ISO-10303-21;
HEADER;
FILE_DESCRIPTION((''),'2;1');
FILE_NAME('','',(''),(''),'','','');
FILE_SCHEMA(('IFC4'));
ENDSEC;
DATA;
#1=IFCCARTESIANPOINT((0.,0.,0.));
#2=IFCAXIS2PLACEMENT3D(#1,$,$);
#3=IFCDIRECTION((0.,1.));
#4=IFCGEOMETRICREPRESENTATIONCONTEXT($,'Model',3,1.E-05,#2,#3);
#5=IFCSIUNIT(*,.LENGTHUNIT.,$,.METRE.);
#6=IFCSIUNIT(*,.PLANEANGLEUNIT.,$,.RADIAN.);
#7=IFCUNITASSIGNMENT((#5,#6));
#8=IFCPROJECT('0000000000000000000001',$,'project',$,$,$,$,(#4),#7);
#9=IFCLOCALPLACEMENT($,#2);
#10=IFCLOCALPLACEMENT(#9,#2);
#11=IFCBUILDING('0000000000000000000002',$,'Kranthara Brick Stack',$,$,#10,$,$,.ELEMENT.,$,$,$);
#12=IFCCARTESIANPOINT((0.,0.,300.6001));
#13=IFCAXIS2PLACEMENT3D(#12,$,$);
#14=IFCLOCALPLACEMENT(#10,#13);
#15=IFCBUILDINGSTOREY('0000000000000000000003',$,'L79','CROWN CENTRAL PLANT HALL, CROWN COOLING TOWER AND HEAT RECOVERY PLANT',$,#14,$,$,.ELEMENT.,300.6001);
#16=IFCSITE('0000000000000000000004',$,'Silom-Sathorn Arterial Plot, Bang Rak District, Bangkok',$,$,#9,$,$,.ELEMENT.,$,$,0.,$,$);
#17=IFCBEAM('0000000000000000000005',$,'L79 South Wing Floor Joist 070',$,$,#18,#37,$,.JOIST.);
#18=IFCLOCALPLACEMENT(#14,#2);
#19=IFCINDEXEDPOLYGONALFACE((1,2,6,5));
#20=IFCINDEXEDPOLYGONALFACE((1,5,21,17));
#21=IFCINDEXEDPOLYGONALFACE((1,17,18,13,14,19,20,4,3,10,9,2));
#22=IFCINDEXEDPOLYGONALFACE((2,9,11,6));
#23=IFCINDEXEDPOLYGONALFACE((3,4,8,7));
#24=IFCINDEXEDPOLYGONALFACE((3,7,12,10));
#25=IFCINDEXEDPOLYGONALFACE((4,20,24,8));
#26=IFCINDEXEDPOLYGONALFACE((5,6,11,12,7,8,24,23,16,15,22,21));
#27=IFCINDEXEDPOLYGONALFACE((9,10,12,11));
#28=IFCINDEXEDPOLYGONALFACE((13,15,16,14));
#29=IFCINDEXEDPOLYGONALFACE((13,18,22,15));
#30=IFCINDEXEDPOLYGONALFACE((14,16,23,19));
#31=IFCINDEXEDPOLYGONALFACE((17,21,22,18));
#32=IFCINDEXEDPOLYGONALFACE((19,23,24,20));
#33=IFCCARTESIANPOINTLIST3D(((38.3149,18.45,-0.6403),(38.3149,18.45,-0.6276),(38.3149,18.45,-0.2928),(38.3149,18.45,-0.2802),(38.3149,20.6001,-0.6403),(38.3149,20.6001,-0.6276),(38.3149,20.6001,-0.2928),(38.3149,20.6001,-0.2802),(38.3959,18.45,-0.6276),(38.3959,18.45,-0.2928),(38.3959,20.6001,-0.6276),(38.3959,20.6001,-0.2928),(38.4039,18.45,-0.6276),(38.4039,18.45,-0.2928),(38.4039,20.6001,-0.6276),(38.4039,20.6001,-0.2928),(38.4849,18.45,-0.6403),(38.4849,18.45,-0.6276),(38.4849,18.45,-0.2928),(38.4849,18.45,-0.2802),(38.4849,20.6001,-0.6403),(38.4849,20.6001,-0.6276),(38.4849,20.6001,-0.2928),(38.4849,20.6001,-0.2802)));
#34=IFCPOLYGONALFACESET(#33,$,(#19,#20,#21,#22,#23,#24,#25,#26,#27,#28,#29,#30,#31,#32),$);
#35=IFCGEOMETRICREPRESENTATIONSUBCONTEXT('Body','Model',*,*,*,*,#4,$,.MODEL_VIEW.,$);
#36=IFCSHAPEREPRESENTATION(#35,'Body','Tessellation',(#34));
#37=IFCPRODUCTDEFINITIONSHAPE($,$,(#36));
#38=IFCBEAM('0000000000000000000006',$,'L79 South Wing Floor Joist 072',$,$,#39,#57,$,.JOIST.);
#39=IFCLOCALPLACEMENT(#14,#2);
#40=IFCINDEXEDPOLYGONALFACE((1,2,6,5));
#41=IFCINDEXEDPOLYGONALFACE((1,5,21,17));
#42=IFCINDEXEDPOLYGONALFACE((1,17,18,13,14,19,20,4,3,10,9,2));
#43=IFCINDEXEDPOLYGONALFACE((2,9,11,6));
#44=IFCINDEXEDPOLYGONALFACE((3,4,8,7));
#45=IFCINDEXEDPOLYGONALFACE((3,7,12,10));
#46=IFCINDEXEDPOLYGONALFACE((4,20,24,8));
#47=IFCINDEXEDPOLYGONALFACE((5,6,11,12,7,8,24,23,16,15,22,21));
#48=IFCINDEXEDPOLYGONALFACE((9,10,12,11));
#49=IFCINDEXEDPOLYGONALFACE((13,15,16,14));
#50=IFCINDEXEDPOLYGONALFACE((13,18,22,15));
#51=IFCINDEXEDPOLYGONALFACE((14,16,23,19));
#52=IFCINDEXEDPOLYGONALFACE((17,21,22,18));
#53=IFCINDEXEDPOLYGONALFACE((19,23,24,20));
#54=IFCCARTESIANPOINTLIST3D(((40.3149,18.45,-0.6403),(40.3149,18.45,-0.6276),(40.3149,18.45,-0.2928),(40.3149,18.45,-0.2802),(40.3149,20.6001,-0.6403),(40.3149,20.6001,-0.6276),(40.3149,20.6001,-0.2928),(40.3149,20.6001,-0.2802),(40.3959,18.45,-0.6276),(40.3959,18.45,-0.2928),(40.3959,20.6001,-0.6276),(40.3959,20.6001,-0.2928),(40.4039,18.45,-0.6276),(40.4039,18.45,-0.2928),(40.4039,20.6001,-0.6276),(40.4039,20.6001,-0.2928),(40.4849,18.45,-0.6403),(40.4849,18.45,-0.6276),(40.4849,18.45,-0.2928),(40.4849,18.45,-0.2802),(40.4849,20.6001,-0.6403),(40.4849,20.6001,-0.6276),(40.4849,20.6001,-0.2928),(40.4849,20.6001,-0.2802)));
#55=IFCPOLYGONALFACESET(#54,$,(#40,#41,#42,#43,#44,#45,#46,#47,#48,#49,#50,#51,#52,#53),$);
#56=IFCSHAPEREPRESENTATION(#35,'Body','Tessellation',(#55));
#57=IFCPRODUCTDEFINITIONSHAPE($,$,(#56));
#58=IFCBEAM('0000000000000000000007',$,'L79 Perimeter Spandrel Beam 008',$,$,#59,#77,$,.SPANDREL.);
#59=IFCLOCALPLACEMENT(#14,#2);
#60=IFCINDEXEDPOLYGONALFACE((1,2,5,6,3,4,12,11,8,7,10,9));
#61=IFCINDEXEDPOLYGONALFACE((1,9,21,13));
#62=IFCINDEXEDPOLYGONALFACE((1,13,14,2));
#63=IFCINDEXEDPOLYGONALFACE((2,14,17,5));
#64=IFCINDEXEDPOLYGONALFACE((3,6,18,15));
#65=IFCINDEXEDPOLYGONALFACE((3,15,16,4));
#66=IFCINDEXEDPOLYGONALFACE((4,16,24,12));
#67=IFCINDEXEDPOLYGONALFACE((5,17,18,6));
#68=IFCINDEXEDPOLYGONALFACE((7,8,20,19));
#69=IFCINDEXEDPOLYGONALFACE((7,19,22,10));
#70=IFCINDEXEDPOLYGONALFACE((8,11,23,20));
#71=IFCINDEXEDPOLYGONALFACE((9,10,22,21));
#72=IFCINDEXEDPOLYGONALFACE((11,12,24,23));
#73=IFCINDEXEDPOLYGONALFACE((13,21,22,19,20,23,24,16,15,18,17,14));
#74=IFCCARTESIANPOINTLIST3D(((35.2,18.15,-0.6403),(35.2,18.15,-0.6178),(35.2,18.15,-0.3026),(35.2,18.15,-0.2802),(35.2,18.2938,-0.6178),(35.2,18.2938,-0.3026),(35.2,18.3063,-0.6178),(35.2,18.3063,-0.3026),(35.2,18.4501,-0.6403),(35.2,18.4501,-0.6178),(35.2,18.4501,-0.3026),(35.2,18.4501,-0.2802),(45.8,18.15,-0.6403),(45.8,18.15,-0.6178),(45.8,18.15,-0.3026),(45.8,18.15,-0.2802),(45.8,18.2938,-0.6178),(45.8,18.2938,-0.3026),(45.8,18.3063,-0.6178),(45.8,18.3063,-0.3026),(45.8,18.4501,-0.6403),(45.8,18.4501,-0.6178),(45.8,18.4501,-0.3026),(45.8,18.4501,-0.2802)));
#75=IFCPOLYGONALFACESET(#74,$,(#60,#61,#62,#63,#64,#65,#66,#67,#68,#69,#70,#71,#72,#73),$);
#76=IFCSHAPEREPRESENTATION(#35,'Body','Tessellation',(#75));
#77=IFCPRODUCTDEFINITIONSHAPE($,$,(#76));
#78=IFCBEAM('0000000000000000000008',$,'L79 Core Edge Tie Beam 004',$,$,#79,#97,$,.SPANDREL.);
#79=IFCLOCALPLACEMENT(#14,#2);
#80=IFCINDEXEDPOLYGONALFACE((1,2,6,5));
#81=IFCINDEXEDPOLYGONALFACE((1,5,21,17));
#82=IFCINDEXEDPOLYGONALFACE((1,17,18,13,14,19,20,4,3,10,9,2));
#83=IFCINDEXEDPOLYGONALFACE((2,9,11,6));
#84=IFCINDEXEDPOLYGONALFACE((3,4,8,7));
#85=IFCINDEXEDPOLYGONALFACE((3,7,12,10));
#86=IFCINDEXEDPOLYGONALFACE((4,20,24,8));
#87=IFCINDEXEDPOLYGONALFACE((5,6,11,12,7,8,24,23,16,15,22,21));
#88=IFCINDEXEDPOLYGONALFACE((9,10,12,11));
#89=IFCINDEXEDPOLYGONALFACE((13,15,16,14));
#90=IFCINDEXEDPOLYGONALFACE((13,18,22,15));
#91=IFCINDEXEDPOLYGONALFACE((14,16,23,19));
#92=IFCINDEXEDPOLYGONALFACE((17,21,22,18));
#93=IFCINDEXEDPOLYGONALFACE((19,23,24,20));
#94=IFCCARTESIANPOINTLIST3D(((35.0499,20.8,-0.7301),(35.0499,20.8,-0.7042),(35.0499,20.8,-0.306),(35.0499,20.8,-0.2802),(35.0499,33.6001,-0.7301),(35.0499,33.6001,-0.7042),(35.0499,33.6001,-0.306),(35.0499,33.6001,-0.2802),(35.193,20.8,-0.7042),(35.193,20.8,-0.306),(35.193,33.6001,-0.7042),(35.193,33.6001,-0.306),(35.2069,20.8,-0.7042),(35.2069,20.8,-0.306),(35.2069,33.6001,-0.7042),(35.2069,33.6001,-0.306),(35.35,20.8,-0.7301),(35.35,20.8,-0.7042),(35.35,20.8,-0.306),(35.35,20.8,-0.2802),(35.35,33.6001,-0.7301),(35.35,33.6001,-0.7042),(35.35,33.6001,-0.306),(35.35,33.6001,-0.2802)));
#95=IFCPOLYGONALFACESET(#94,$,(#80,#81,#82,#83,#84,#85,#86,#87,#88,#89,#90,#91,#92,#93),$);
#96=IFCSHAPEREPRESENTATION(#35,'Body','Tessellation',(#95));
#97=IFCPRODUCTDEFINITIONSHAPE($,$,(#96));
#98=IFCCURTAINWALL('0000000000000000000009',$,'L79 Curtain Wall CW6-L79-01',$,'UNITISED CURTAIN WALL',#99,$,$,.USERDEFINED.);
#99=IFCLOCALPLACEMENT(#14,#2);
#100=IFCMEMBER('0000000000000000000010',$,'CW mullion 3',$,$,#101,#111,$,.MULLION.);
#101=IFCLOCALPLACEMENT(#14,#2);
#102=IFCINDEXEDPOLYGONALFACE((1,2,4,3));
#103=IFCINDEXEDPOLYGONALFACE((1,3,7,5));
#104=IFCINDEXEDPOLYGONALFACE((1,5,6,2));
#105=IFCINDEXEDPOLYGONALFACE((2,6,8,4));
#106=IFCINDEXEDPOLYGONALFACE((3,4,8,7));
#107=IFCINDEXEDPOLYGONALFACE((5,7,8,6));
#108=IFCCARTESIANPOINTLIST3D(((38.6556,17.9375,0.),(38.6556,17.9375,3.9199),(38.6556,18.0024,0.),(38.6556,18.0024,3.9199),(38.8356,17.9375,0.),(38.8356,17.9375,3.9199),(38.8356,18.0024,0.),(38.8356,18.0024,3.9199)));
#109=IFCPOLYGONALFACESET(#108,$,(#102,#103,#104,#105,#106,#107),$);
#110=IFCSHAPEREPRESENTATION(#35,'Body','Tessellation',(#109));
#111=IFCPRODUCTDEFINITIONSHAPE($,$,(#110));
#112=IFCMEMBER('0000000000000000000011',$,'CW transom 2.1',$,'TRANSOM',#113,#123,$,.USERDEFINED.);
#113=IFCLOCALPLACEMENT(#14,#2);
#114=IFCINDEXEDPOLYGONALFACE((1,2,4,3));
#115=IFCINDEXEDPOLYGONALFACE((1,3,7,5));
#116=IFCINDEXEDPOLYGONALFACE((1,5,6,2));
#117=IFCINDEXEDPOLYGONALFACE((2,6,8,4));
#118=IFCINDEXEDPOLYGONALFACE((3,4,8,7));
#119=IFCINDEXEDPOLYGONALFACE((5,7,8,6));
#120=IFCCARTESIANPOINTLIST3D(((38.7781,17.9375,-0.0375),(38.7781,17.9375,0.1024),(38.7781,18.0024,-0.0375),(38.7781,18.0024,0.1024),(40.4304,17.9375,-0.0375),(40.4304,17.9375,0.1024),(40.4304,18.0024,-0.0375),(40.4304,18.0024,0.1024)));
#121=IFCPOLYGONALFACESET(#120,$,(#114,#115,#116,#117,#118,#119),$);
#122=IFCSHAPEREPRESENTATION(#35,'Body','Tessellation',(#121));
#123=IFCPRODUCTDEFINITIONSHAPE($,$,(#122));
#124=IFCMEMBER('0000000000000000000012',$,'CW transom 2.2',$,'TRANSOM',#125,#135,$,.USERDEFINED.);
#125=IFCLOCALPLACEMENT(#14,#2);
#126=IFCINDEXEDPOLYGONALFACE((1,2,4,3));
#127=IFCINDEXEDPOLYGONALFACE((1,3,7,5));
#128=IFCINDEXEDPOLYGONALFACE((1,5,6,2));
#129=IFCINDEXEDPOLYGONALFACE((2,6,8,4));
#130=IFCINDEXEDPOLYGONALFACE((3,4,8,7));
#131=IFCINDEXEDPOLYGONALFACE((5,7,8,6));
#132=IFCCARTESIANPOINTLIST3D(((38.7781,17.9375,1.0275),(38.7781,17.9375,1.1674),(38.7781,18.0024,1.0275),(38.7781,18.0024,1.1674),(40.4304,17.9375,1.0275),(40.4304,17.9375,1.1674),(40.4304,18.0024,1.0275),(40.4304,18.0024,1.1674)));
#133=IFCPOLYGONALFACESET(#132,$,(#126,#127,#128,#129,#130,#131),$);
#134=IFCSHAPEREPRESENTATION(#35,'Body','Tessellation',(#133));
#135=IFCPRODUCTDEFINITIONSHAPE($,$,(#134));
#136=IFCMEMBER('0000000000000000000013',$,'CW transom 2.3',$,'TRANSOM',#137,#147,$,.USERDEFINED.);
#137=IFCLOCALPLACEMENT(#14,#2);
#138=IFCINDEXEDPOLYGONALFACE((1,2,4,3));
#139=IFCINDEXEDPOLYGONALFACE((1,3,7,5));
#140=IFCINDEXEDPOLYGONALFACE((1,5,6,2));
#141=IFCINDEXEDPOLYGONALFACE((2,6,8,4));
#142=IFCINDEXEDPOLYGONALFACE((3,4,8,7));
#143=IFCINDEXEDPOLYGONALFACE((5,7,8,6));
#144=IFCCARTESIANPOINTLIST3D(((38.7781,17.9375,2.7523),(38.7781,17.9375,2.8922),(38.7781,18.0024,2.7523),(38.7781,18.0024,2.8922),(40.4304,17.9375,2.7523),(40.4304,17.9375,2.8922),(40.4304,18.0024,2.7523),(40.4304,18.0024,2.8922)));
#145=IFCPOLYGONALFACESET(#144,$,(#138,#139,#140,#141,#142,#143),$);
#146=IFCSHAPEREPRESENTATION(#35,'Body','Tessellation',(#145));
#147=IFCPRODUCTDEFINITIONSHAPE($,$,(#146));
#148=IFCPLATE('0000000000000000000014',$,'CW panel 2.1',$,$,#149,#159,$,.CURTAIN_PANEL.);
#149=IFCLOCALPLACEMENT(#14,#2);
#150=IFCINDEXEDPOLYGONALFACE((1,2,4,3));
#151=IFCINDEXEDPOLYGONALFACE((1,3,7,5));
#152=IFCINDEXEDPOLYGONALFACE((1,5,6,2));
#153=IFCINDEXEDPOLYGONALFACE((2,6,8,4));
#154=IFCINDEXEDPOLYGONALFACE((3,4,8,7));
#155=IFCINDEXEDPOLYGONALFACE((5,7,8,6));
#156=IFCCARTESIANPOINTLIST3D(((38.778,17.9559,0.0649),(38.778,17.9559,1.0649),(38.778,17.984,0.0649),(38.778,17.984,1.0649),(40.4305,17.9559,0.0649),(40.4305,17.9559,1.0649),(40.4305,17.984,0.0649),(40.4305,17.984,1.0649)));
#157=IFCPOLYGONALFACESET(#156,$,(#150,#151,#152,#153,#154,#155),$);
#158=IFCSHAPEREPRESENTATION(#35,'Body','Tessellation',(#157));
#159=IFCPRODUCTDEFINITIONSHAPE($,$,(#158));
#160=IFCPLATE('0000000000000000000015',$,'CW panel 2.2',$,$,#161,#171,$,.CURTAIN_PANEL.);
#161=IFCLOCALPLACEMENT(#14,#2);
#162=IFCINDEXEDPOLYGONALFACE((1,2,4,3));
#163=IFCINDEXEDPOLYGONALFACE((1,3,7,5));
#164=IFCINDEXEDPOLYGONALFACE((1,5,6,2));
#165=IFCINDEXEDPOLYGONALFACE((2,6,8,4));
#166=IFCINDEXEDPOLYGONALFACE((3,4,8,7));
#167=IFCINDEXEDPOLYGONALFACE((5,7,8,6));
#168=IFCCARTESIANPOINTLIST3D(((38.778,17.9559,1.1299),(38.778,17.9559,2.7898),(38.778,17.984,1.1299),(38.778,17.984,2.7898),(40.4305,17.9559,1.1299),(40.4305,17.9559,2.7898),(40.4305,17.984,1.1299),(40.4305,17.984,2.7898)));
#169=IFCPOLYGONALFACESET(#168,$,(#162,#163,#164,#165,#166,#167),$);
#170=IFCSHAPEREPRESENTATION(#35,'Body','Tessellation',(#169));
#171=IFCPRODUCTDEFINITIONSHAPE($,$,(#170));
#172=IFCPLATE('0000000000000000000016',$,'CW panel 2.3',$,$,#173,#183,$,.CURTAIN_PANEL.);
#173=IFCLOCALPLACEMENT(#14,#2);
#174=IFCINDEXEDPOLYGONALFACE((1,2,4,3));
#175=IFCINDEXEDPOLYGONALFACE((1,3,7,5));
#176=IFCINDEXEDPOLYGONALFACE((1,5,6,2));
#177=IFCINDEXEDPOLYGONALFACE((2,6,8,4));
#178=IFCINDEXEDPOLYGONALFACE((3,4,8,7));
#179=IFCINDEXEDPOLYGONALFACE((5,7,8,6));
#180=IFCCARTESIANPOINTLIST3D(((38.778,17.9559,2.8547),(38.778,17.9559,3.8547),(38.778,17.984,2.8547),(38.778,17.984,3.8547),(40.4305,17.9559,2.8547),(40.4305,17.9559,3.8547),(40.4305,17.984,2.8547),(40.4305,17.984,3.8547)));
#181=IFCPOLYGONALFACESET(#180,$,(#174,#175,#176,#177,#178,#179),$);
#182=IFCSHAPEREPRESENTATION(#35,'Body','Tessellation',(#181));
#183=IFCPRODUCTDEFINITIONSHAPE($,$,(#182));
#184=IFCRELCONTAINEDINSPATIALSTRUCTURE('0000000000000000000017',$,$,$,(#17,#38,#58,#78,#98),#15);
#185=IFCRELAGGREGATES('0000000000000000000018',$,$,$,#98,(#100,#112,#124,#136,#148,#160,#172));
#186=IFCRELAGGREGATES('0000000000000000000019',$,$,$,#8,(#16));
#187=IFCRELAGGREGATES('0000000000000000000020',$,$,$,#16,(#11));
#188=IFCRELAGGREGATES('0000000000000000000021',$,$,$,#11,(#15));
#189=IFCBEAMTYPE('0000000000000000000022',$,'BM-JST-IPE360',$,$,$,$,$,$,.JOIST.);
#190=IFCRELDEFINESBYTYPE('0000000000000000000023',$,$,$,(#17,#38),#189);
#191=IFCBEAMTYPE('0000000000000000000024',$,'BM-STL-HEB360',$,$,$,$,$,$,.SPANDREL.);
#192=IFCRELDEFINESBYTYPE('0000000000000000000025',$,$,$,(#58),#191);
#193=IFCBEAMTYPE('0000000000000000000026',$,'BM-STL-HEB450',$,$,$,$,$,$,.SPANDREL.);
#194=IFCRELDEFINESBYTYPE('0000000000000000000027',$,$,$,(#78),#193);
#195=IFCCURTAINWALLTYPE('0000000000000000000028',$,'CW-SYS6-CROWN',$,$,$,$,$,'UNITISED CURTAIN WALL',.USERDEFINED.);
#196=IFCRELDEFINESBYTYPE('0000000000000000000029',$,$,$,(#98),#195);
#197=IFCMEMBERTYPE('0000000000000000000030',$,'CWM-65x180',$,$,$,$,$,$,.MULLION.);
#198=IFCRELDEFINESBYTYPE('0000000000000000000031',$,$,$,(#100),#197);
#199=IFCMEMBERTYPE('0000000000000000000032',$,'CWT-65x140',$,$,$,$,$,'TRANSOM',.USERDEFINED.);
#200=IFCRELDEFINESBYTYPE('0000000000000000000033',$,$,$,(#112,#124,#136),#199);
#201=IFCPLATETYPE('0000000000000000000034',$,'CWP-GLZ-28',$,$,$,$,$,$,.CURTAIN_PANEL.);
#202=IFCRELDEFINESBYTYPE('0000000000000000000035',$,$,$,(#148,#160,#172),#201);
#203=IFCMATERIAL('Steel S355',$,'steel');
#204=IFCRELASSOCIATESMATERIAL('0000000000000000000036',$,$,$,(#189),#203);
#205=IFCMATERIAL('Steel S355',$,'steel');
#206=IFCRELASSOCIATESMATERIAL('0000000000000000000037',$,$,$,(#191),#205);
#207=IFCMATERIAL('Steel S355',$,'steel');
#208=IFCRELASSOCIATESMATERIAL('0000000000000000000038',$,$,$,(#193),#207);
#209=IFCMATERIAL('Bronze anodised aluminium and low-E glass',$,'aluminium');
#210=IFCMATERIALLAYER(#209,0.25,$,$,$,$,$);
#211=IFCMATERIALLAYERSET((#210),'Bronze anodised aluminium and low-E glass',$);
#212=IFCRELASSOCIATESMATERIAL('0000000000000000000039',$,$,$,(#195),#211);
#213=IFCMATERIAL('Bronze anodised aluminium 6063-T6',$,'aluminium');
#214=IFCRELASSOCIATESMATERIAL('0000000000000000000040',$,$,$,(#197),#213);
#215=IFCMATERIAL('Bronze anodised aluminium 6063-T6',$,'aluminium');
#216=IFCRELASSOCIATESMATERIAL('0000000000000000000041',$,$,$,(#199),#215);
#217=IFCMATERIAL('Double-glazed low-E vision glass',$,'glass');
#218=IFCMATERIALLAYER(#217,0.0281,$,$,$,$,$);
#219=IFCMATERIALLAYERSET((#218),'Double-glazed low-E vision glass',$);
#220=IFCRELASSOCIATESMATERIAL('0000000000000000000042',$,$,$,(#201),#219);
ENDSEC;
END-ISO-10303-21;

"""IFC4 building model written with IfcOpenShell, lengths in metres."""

from ifc_helpers import new_model, si_unit, direction, frame, origin, origin_2d, place, context, subcontext, project, spatial, rectangle, i_section, extrude, material, layer, layer_set, material_profile, profile_set, type_object, element, aggregate, save


model = new_model("IFC4")

# Units and contexts
model_context = context("Model", 3, precision=1e-05, world=origin(), true_north=direction((0.0, 1.0)))
body_context = subcontext(model_context, "Body", "Model", "MODEL_VIEW")
ifc_project = project(units=[si_unit("LENGTHUNIT", "METRE"), si_unit("PLANEANGLEUNIT", "RADIAN")], contexts=[model_context])

# Site, building, storey
site_placement = place(None, origin())
site = spatial("IfcSite", under=ifc_project, at=site_placement, Name="Silom-Sathorn Arterial Plot, Bang Rak District, Bangkok", CompositionType="ELEMENT", RefElevation=0.0)
building_placement = place(site_placement, origin())
building = spatial("IfcBuilding", under=site, at=building_placement, Name="Kranthara Brick Stack", CompositionType="ELEMENT")
storey_placement = place(building_placement, frame((0.0, 0.0, 300.6001)))
storey = spatial("IfcBuildingStorey", under=building, at=storey_placement, Name="L79", Description="CROWN CENTRAL PLANT HALL, CROWN COOLING TOWER AND HEAT RECOVERY PLANT", CompositionType="ELEMENT", Elevation=300.6001)

# Beams
ifc_material_1 = material(Name="Steel S355", Category="steel")
ifc_material_profile_1 = material_profile(ifc_material_1, i_section(OverallWidth=0.1699, OverallDepth=0.3601, WebThickness=0.0081, FlangeThickness=0.0127, at=origin_2d()), Name="IPE 360")
ifc_profile_set_1 = profile_set([ifc_material_profile_1], Name="Steel S355")
beam_type_1 = type_object("IfcBeamType", Name="BM-JST-IPE360", PredefinedType="JOIST", material=ifc_profile_set_1)
for number, where, z_axis, x_axis, name in (
    (1, (38.3999, 18.45, -0.4602), (0.0, 1.0, 0.0), (-1.0, 0.0, 0.0), "L79 South Wing Floor Joist 070"),
    (2, (40.3999, 18.45, -0.4602), (0.0, 1.0, 0.0), (-1.0, 0.0, 0.0), "L79 South Wing Floor Joist 072"),
):
    element("IfcBeam", number, at=place(storey_placement, frame(where, z_axis=z_axis, x_axis=x_axis)), inside=storey, type_object=beam_type_1, Name=name, PredefinedType="JOIST", context=body_context, shape_type="SweptSolid", body=[
        extrude(i_section(OverallWidth=0.1699, OverallDepth=0.3601, WebThickness=0.0081, FlangeThickness=0.0127, at=origin_2d()), origin(), (0.0, 0.0, 1.0), 2.1501),
    ])
ifc_material_2 = material(Name="Steel S355", Category="steel")
ifc_material_profile_2 = material_profile(ifc_material_2, i_section(OverallWidth=0.3, OverallDepth=0.3601, WebThickness=0.0125, FlangeThickness=0.0225, at=origin_2d()), Name="HEB 360")
ifc_profile_set_2 = profile_set([ifc_material_profile_2], Name="Steel S355")
beam_type_2 = type_object("IfcBeamType", Name="BM-STL-HEB360", PredefinedType="SPANDREL", material=ifc_profile_set_2)
beam_1_placement = place(storey_placement, frame((35.2, 18.3, -0.4602), z_axis=(1.0, 0.0, 0.0), x_axis=(0.0, 1.0, 0.0)))
element("IfcBeam", 3, at=beam_1_placement, inside=storey, type_object=beam_type_2, Name="L79 Perimeter Spandrel Beam 008", PredefinedType="SPANDREL", context=body_context, shape_type="SweptSolid", body=[
    extrude(i_section(OverallWidth=0.3, OverallDepth=0.3601, WebThickness=0.0125, FlangeThickness=0.0225, at=origin_2d()), origin(), (0.0, 0.0, 1.0), 10.6001),
])
ifc_material_3 = material(Name="Steel S355", Category="steel")
ifc_material_profile_3 = material_profile(ifc_material_3, i_section(OverallWidth=0.3, OverallDepth=0.45, WebThickness=0.0139, FlangeThickness=0.0259, at=origin_2d()), Name="HEB 450")
ifc_profile_set_3 = profile_set([ifc_material_profile_3], Name="Steel S355")
beam_type_3 = type_object("IfcBeamType", Name="BM-STL-HEB450", PredefinedType="SPANDREL", material=ifc_profile_set_3)
beam_2_placement = place(storey_placement, frame((35.2, 20.8, -0.5051), z_axis=(0.0, 1.0, 0.0), x_axis=(-1.0, 0.0, 0.0)))
element("IfcBeam", 4, at=beam_2_placement, inside=storey, type_object=beam_type_3, Name="L79 Core Edge Tie Beam 004", PredefinedType="SPANDREL", context=body_context, shape_type="SweptSolid", body=[
    extrude(i_section(OverallWidth=0.3, OverallDepth=0.45, WebThickness=0.0139, FlangeThickness=0.0259, at=origin_2d()), origin(), (0.0, 0.0, 1.0), 12.8),
])

# Curtain wall, members, plates
ifc_material_4 = material(Name="Bronze anodised aluminium and low-E glass", Category="aluminium")
ifc_layer_1 = layer(ifc_material_4, 0.25)
ifc_layer_set_1 = layer_set([ifc_layer_1], Name="Bronze anodised aluminium and low-E glass")
curtain_wall_type = type_object("IfcCurtainWallType", Name="CW-SYS6-CROWN", ElementType="UNITISED CURTAIN WALL", PredefinedType="USERDEFINED", material=ifc_layer_set_1)
curtain_wall_placement = place(storey_placement, origin())
curtain_wall = element("IfcCurtainWall", 5, at=curtain_wall_placement, inside=storey, type_object=curtain_wall_type, Name="L79 Curtain Wall CW6-L79-01", ObjectType="UNITISED CURTAIN WALL", PredefinedType="USERDEFINED")
ifc_material_5 = material(Name="Bronze anodised aluminium 6063-T6", Category="aluminium")
ifc_material_profile_4 = material_profile(ifc_material_5, rectangle(XDim=0.0649, YDim=0.1799, at=origin_2d()), Name="ALU MULLION 65x180")
ifc_profile_set_4 = profile_set([ifc_material_profile_4], Name="Bronze anodised aluminium 6063-T6")
member_type_1 = type_object("IfcMemberType", Name="CWM-65x180", PredefinedType="MULLION", material=ifc_profile_set_4)
member_1_placement = place(storey_placement, frame((38.7456, 17.97, 0.0), z_axis=(0.0, 0.0, 1.0), x_axis=(0.0, -1.0, 0.0)))
member_1 = element("IfcMember", 6, at=member_1_placement, type_object=member_type_1, Name="CW mullion 3", PredefinedType="MULLION", context=body_context, shape_type="SweptSolid", body=[
    extrude(rectangle(XDim=0.0649, YDim=0.1799, at=origin_2d()), origin(), (0.0, 0.0, 1.0), 3.9199),
])
ifc_material_6 = material(Name="Bronze anodised aluminium 6063-T6", Category="aluminium")
ifc_material_profile_5 = material_profile(ifc_material_6, rectangle(XDim=0.0649, YDim=0.1399, at=origin_2d()), Name="ALU TRANSOM 65x140")
ifc_profile_set_5 = profile_set([ifc_material_profile_5], Name="Bronze anodised aluminium 6063-T6")
member_type_2 = type_object("IfcMemberType", Name="CWT-65x140", ElementType="TRANSOM", PredefinedType="USERDEFINED", material=ifc_profile_set_5)
member_2_placement = place(storey_placement, frame((40.4304, 17.97, 0.0325), z_axis=(-1.0, 0.0, 0.0), x_axis=(0.0, -1.0, 0.0)))
member_2 = element("IfcMember", 7, at=member_2_placement, type_object=member_type_2, Name="CW transom 2.1", ObjectType="TRANSOM", PredefinedType="USERDEFINED", context=body_context, shape_type="SweptSolid", body=[
    extrude(rectangle(XDim=0.0649, YDim=0.1399, at=origin_2d()), origin(), (0.0, 0.0, 1.0), 1.6523),
])
member_3_placement = place(storey_placement, frame((40.4304, 17.97, 1.0974), z_axis=(-1.0, 0.0, 0.0), x_axis=(0.0, -1.0, 0.0)))
member_3 = element("IfcMember", 8, at=member_3_placement, type_object=member_type_2, Name="CW transom 2.2", ObjectType="TRANSOM", PredefinedType="USERDEFINED", context=body_context, shape_type="SweptSolid", body=[
    extrude(rectangle(XDim=0.0649, YDim=0.1399, at=origin_2d()), origin(), (0.0, 0.0, 1.0), 1.6523),
])
member_4_placement = place(storey_placement, frame((40.4304, 17.97, 2.8223), z_axis=(-1.0, 0.0, 0.0), x_axis=(0.0, -1.0, 0.0)))
member_4 = element("IfcMember", 9, at=member_4_placement, type_object=member_type_2, Name="CW transom 2.3", ObjectType="TRANSOM", PredefinedType="USERDEFINED", context=body_context, shape_type="SweptSolid", body=[
    extrude(rectangle(XDim=0.0649, YDim=0.1399, at=origin_2d()), origin(), (0.0, 0.0, 1.0), 1.6523),
])
ifc_material_7 = material(Name="Double-glazed low-E vision glass", Category="glass")
ifc_layer_2 = layer(ifc_material_7, 0.0281)
ifc_layer_set_2 = layer_set([ifc_layer_2], Name="Double-glazed low-E vision glass")
plate_type = type_object("IfcPlateType", Name="CWP-GLZ-28", PredefinedType="CURTAIN_PANEL", material=ifc_layer_set_2)
plate_1_placement = place(storey_placement, frame((39.6042, 17.97, 0.0649), z_axis=(0.0, 0.0, 1.0), x_axis=(-1.0, 0.0, 0.0)))
plate_1 = element("IfcPlate", 10, at=plate_1_placement, type_object=plate_type, Name="CW panel 2.1", PredefinedType="CURTAIN_PANEL", context=body_context, shape_type="SweptSolid", body=[
    extrude(rectangle(XDim=1.6526, YDim=0.0281, at=origin_2d()), origin(), (0.0, 0.0, 1.0), 1.0),
])
plate_2_placement = place(storey_placement, frame((39.6042, 17.97, 1.1299), z_axis=(0.0, 0.0, 1.0), x_axis=(-1.0, 0.0, 0.0)))
plate_2 = element("IfcPlate", 11, at=plate_2_placement, type_object=plate_type, Name="CW panel 2.2", PredefinedType="CURTAIN_PANEL", context=body_context, shape_type="SweptSolid", body=[
    extrude(rectangle(XDim=1.6526, YDim=0.0281, at=origin_2d()), origin(), (0.0, 0.0, 1.0), 1.6599),
])
plate_3_placement = place(storey_placement, frame((39.6042, 17.97, 2.8547), z_axis=(0.0, 0.0, 1.0), x_axis=(-1.0, 0.0, 0.0)))
plate_3 = element("IfcPlate", 12, at=plate_3_placement, type_object=plate_type, Name="CW panel 2.3", PredefinedType="CURTAIN_PANEL", context=body_context, shape_type="SweptSolid", body=[
    extrude(rectangle(XDim=1.6526, YDim=0.0281, at=origin_2d()), origin(), (0.0, 0.0, 1.0), 1.0),
])
aggregate(curtain_wall, [member_1, member_2, member_3, member_4, plate_1, plate_2, plate_3])

save(model, "model.ifc")
